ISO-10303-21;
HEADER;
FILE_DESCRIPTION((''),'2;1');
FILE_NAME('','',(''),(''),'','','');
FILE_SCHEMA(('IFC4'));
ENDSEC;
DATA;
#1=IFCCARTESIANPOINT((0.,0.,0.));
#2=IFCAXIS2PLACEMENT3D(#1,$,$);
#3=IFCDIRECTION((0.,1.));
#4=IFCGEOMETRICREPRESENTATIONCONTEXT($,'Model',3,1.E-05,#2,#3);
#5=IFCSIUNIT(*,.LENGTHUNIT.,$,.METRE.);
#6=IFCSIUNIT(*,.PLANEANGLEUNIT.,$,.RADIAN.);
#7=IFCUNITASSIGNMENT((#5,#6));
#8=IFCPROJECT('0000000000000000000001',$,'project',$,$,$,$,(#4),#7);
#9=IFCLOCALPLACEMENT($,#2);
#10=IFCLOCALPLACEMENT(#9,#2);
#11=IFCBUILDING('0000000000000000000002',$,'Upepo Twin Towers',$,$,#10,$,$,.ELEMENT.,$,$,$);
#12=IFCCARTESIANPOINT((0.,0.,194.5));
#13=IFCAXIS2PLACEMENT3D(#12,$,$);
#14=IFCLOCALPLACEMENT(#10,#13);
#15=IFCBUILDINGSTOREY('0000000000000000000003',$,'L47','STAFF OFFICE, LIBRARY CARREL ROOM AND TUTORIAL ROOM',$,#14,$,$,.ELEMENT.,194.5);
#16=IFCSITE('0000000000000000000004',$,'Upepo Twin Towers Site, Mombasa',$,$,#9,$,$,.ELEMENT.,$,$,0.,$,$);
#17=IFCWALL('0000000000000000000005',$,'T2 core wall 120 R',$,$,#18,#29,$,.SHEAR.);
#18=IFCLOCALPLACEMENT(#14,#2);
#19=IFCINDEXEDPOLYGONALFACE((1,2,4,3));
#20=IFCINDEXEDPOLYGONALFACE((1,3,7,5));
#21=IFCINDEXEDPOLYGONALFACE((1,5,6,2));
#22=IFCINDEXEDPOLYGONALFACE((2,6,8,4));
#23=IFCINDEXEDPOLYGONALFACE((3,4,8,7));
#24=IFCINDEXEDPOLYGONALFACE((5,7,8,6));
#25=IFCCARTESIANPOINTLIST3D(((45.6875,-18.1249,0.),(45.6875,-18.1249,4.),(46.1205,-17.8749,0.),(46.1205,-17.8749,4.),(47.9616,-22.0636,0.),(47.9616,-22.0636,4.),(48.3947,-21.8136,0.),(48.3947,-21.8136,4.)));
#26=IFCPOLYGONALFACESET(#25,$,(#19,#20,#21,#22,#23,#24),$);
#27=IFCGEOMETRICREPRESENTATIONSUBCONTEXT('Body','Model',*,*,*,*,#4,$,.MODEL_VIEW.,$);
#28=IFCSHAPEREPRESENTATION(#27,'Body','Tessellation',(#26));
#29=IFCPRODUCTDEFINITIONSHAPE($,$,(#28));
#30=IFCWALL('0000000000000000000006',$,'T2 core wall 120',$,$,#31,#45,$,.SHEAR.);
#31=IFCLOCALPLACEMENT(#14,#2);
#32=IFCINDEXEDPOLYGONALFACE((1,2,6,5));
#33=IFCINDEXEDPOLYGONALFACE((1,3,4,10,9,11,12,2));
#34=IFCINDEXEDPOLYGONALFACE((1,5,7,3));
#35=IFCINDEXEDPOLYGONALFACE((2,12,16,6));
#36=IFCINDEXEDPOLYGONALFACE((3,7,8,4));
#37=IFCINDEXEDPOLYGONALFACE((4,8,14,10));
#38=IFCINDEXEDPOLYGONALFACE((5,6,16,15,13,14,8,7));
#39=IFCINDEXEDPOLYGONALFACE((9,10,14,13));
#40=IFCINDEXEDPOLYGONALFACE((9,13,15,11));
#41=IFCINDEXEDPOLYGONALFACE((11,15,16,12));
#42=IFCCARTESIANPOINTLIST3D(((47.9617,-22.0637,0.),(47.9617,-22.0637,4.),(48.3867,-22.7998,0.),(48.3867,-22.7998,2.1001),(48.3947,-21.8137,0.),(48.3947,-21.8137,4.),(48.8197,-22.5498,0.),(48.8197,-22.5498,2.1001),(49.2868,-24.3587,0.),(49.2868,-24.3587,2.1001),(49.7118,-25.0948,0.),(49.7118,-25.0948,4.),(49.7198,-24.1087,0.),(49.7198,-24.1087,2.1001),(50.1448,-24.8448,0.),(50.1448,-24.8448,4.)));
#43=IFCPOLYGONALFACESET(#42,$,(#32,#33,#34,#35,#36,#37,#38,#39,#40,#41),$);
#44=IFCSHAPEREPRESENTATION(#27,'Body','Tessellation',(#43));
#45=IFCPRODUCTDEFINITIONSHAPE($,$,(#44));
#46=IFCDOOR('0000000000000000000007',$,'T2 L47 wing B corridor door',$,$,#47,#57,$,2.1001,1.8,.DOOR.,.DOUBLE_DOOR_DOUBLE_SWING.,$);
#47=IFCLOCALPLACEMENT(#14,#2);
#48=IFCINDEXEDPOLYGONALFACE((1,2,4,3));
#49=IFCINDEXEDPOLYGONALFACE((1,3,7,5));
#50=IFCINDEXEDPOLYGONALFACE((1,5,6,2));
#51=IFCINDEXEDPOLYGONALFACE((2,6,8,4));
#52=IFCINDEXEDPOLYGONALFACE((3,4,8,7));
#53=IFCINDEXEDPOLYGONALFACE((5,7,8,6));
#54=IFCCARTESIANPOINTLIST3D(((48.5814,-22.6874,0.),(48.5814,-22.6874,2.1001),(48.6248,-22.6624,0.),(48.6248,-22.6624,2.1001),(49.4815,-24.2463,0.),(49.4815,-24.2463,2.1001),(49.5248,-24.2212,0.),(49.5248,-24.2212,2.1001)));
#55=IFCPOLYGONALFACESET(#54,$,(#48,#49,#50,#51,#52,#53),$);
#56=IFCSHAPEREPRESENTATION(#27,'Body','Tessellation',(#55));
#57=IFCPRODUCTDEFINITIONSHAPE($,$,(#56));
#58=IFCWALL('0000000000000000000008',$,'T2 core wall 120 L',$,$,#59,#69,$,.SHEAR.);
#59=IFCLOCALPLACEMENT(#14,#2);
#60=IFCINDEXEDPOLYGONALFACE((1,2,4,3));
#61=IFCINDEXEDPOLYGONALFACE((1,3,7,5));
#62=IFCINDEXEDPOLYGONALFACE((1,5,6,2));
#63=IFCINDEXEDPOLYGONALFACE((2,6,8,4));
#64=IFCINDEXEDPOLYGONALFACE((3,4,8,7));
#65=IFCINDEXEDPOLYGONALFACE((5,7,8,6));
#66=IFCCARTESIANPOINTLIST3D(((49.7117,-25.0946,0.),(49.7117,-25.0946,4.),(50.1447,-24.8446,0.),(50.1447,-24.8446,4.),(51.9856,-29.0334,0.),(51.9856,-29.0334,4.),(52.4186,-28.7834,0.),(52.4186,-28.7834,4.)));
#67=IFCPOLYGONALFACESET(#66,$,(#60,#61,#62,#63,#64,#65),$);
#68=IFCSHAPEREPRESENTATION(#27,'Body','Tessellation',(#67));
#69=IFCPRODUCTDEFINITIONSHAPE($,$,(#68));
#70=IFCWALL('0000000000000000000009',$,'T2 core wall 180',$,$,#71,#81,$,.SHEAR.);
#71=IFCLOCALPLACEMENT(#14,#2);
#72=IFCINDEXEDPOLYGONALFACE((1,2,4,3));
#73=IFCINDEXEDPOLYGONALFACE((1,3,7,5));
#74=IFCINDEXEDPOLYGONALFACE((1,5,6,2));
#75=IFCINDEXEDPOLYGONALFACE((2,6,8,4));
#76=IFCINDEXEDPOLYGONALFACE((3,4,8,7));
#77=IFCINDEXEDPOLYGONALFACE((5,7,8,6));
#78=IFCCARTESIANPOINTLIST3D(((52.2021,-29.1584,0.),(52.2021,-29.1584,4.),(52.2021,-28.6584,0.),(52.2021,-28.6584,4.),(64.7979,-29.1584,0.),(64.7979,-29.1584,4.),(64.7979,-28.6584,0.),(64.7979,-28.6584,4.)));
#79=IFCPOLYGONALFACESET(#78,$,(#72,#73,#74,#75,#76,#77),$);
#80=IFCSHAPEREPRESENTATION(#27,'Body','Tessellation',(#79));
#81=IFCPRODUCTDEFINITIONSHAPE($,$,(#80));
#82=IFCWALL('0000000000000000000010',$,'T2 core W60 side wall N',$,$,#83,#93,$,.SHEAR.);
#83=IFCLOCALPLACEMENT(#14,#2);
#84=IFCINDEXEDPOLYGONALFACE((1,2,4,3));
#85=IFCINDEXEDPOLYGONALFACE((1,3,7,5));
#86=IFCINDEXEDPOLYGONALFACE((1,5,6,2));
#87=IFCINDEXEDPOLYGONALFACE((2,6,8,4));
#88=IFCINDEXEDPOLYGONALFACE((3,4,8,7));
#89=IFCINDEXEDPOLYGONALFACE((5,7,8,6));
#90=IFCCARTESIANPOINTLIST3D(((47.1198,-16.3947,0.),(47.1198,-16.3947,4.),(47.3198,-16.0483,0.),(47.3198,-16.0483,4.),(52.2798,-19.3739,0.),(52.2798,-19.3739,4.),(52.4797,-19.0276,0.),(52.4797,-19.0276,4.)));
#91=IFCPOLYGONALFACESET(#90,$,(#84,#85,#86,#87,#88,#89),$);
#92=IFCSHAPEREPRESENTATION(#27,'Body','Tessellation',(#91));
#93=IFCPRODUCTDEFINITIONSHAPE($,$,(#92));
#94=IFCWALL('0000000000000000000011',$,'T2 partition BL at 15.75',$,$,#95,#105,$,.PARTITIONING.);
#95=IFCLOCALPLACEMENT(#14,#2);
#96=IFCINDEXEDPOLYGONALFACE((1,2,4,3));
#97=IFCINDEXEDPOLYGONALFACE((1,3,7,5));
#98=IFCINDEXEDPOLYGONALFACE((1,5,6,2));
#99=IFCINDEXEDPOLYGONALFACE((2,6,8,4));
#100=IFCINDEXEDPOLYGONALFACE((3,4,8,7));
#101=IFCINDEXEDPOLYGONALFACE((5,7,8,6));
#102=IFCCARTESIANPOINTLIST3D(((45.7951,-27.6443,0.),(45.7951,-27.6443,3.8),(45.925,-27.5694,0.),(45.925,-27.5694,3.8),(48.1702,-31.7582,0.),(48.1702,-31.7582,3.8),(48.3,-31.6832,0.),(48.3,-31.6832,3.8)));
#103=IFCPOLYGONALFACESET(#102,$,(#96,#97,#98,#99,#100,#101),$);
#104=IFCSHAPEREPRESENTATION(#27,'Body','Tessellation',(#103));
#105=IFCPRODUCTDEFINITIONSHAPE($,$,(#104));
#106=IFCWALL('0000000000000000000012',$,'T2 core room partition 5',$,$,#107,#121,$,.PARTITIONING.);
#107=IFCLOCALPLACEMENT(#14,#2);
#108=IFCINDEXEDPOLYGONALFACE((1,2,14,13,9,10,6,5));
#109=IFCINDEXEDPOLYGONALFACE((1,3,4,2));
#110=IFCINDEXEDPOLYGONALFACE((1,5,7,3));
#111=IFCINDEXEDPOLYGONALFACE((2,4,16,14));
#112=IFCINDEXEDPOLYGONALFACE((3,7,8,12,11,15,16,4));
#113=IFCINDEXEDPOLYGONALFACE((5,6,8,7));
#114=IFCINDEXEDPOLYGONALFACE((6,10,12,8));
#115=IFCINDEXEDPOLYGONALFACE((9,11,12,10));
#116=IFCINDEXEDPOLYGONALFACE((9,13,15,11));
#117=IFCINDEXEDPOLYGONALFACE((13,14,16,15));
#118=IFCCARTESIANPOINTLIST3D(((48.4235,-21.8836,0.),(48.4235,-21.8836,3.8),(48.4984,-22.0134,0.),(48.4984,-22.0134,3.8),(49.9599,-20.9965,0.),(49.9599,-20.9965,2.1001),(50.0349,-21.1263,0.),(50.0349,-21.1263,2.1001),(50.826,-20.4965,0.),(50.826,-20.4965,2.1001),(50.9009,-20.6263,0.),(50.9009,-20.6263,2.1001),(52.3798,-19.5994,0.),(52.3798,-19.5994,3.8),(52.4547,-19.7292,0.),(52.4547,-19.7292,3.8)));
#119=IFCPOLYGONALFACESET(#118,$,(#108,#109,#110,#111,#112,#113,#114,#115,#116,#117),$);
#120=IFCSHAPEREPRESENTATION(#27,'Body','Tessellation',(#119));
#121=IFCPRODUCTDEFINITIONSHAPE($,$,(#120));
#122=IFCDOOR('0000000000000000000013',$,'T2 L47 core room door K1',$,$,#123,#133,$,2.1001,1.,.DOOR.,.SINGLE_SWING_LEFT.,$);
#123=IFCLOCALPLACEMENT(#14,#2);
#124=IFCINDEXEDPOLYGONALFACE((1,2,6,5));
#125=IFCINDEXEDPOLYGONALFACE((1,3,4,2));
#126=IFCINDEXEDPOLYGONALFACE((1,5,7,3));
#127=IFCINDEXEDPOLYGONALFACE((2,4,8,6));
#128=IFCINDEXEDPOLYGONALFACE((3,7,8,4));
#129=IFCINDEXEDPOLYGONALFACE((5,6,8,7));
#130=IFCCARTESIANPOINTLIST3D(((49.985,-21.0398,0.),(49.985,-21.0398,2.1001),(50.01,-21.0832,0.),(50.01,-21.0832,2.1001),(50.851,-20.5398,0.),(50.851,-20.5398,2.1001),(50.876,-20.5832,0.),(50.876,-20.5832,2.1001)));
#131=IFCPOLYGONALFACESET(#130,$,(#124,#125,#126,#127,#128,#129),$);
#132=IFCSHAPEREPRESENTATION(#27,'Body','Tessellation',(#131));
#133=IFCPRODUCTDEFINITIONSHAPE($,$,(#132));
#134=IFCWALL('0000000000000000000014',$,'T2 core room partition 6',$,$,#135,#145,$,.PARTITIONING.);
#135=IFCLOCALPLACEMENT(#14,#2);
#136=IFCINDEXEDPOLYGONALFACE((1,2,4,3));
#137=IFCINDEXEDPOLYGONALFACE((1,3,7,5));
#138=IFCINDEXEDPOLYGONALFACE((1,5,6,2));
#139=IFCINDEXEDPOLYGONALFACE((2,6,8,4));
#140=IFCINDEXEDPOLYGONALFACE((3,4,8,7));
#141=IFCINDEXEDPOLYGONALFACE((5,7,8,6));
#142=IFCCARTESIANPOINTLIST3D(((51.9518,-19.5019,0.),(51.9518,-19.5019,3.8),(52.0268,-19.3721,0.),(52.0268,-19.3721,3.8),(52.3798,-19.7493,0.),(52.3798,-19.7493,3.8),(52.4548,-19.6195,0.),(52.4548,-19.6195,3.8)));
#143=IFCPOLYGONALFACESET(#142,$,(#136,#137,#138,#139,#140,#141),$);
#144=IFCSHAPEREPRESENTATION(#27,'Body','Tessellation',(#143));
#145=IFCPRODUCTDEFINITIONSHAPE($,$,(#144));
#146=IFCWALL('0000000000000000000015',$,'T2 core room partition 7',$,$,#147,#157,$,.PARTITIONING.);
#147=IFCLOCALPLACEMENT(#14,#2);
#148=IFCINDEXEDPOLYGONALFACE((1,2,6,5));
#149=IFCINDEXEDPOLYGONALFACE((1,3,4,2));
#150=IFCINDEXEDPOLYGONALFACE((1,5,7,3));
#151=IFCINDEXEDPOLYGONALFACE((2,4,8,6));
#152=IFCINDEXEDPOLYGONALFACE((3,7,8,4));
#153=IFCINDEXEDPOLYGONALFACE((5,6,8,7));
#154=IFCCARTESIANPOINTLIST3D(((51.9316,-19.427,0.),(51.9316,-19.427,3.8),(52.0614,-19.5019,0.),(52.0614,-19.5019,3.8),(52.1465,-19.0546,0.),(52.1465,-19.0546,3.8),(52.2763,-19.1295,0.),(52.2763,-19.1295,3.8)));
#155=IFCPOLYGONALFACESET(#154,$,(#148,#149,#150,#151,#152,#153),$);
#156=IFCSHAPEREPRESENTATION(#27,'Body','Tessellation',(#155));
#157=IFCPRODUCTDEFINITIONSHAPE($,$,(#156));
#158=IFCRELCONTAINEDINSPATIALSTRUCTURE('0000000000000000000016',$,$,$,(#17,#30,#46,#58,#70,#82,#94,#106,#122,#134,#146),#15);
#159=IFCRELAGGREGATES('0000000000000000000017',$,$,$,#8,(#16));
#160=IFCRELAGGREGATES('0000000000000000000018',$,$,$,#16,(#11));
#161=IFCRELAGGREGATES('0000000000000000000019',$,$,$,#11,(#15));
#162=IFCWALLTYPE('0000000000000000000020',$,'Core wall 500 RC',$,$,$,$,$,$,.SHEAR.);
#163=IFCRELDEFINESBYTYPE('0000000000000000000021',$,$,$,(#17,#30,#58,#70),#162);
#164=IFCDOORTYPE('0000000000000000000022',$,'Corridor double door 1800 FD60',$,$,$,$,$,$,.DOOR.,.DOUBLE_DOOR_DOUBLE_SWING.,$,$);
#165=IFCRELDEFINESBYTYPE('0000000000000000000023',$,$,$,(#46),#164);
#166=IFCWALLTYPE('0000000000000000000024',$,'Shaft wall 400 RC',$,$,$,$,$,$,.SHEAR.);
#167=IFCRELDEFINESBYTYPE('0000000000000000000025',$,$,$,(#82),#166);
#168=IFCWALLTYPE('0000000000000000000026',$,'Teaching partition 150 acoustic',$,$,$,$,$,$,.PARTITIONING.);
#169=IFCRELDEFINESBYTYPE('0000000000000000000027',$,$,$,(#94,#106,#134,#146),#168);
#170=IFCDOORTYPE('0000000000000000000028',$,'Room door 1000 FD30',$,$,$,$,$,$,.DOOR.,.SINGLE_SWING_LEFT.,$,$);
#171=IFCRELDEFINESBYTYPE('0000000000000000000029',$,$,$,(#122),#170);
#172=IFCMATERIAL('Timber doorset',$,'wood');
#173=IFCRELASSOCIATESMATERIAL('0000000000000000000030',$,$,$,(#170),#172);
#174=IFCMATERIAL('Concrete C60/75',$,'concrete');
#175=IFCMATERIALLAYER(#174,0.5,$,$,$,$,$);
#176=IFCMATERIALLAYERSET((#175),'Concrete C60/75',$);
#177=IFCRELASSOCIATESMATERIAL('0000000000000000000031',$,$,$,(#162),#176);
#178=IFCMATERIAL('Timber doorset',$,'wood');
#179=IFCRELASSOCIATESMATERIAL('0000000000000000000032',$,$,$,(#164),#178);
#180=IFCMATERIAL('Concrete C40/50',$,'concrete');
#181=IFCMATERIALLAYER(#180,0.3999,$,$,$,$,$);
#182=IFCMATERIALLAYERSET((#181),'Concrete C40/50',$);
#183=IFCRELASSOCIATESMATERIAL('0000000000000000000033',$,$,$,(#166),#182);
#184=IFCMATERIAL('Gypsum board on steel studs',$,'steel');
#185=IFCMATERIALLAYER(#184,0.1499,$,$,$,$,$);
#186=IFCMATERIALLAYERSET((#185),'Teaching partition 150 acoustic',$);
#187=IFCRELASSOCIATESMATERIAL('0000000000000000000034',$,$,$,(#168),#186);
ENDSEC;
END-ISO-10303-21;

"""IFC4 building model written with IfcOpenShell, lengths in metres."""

from ifc_helpers import new_model, si_unit, direction, frame, frame_2d, origin, place, context, subcontext, project, spatial, rectangle, extrude, material, layer, layer_set, type_object, element, fill, save


model = new_model("IFC4")

# Units and contexts
model_context = context("Model", 3, precision=1e-05, world=origin(), true_north=direction((0.0, 1.0)))
body_context = subcontext(model_context, "Body", "Model", "MODEL_VIEW")
ifc_project = project(units=[si_unit("LENGTHUNIT", "METRE"), si_unit("PLANEANGLEUNIT", "RADIAN")], contexts=[model_context])

# Site, building, storey
site_placement = place(None, origin())
site = spatial("IfcSite", under=ifc_project, at=site_placement, Name="Upepo Twin Towers Site, Mombasa", CompositionType="ELEMENT", RefElevation=0.0)
building_placement = place(site_placement, origin())
building = spatial("IfcBuilding", under=site, at=building_placement, Name="Upepo Twin Towers", CompositionType="ELEMENT")
storey_placement = place(building_placement, frame((0.0, 0.0, 194.5)))
storey = spatial("IfcBuildingStorey", under=building, at=storey_placement, Name="L47", Description="STAFF OFFICE, LIBRARY CARREL ROOM AND TUTORIAL ROOM", CompositionType="ELEMENT", Elevation=194.5)

# Shared definitions
ifc_material_1 = material(Name="Timber doorset", Category="wood")
door_type_1 = type_object("IfcDoorType", Name="Room door 1000 FD30", OperationType="SINGLE_SWING_LEFT", PredefinedType="DOOR", material=ifc_material_1)

# Wall
ifc_material_2 = material(Name="Concrete C60/75", Category="concrete")
ifc_layer_1 = layer(ifc_material_2, 0.5)
ifc_layer_set_1 = layer_set([ifc_layer_1], Name="Concrete C60/75")
wall_type_1 = type_object("IfcWallType", Name="Core wall 500 RC", PredefinedType="SHEAR", material=ifc_layer_set_1)
wall_1_placement = place(storey_placement, frame((45.9041, -18.0, 0.0), z_axis=(0.0, 0.0, 1.0), x_axis=(0.500024, -0.866011, 0.0)))
element("IfcWall", 1, at=wall_1_placement, inside=storey, type_object=wall_type_1, Name="T2 core wall 120 R", PredefinedType="SHEAR", context=body_context, shape_type="SweptSolid", body=[
    extrude(rectangle(XDim=4.5481, YDim=0.5, at=frame_2d((2.2739, 0.0))), origin(), (0.0, 0.0, 1.0), 4.0),
])

# Wall, opening, door
wall_2_placement = place(storey_placement, frame((48.1782, -21.9387, 0.0), z_axis=(0.0, 0.0, 1.0), x_axis=(0.50001, -0.866019, 0.0)))
wall_2 = element("IfcWall", 2, at=wall_2_placement, inside=storey, type_object=wall_type_1, Name="T2 core wall 120", PredefinedType="SHEAR", context=body_context, shape_type="SweptSolid", body=[
    extrude(rectangle(XDim=3.5, YDim=0.5, at=frame_2d((1.75, 0.0))), origin(), (0.0, 0.0, 1.0), 4.0),
])
opening_1_placement = place(wall_2_placement, frame((0.8501, 0.0, 0.0)))
opening_1 = element("IfcOpeningElement", 3, at=opening_1_placement, cuts=wall_2, PredefinedType="OPENING", context=body_context, shape_type="SweptSolid", body=[
    extrude(rectangle(XDim=1.8, YDim=2.1001, at=frame_2d((0.8999, 1.05))), frame((0.0, 0.26, 0.0), z_axis=(0.0, -1.0, 0.0), x_axis=(1.0, 0.0, 0.0)), (0.0, 0.0, 1.0), 0.52),
])
ifc_material_3 = material(Name="Timber doorset", Category="wood")
door_type_2 = type_object("IfcDoorType", Name="Corridor double door 1800 FD60", OperationType="DOUBLE_DOOR_DOUBLE_SWING", PredefinedType="DOOR", material=ifc_material_3)
door_1_placement = place(opening_1_placement, origin())
door_1 = element("IfcDoor", 4, at=door_1_placement, inside=storey, type_object=door_type_2, Name="T2 L47 wing B corridor door", OperationType="DOUBLE_DOOR_DOUBLE_SWING", OverallHeight=2.1001, OverallWidth=1.8, PredefinedType="DOOR", context=body_context, shape_type="SweptSolid", body=[
    extrude(rectangle(XDim=1.8, YDim=2.1001, at=frame_2d((0.8999, 1.05))), frame((0.0, 0.0249, 0.0), z_axis=(0.0, -1.0, 0.0), x_axis=(1.0, 0.0, 0.0)), (0.0, 0.0, 1.0), 0.05),
])
fill(opening_1, door_1)

# Walls
wall_3_placement = place(storey_placement, frame((49.9282, -24.9697, 0.0), z_axis=(0.0, 0.0, 1.0), x_axis=(0.499984, -0.866035, 0.0)))
element("IfcWall", 5, at=wall_3_placement, inside=storey, type_object=wall_type_1, Name="T2 core wall 120 L", PredefinedType="SHEAR", context=body_context, shape_type="SweptSolid", body=[
    extrude(rectangle(XDim=4.5481, YDim=0.5, at=frame_2d((2.2739, 0.0))), origin(), (0.0, 0.0, 1.0), 4.0),
])
wall_4_placement = place(storey_placement, frame((52.2021, -28.9084, 0.0), z_axis=(0.0, 0.0, 1.0), x_axis=(1.0, 0.0, 0.0)))
element("IfcWall", 6, at=wall_4_placement, inside=storey, type_object=wall_type_1, Name="T2 core wall 180", PredefinedType="SHEAR", context=body_context, shape_type="SweptSolid", body=[
    extrude(rectangle(XDim=12.5957, YDim=0.5, at=frame_2d((6.2979, 0.0))), origin(), (0.0, 0.0, 1.0), 4.0),
])
ifc_material_4 = material(Name="Concrete C40/50", Category="concrete")
ifc_layer_2 = layer(ifc_material_4, 0.3999)
ifc_layer_set_2 = layer_set([ifc_layer_2], Name="Concrete C40/50")
wall_type_2 = type_object("IfcWallType", Name="Shaft wall 400 RC", PredefinedType="SHEAR", material=ifc_layer_set_2)
wall_5_placement = place(storey_placement, frame((52.3796, -19.2007, 0.0), z_axis=(0.0, 0.0, 1.0), x_axis=(-0.866013, 0.500022, 0.0)))
element("IfcWall", 7, at=wall_5_placement, inside=storey, type_object=wall_type_2, Name="T2 core W60 side wall N", PredefinedType="SHEAR", context=body_context, shape_type="SweptSolid", body=[
    extrude(rectangle(XDim=5.9583, YDim=0.3999, at=frame_2d((2.979, 0.0))), origin(), (0.0, 0.0, 1.0), 4.0),
])
ifc_material_5 = material(Name="Gypsum board on steel studs", Category="steel")
ifc_layer_3 = layer(ifc_material_5, 0.1499)
ifc_layer_set_3 = layer_set([ifc_layer_3], Name="Teaching partition 150 acoustic")
wall_type_3 = type_object("IfcWallType", Name="Teaching partition 150 acoustic", PredefinedType="PARTITIONING", material=ifc_layer_set_3)
wall_6_placement = place(storey_placement, frame((45.8601, -27.6069, 0.0), z_axis=(0.0, 0.0, 1.0), x_axis=(0.499986, -0.866033, 0.0)))
element("IfcWall", 8, at=wall_6_placement, inside=storey, type_object=wall_type_3, Name="T2 partition BL at 15.75", PredefinedType="PARTITIONING", context=body_context, shape_type="SweptSolid", body=[
    extrude(rectangle(XDim=4.7502, YDim=0.1499, at=frame_2d((2.375, 0.0))), origin(), (0.0, 0.0, 1.0), 3.8),
])

# Wall, opening, door
wall_7_placement = place(storey_placement, frame((48.4609, -21.9485, 0.0), z_axis=(0.0, 0.0, 1.0), x_axis=(0.866025, 0.500002, 0.0)))
wall_7 = element("IfcWall", 9, at=wall_7_placement, inside=storey, type_object=wall_type_3, Name="T2 core room partition 5", PredefinedType="PARTITIONING", context=body_context, shape_type="SweptSolid", body=[
    extrude(rectangle(XDim=4.5684, YDim=0.1499, at=frame_2d((2.2842, 0.0))), origin(), (0.0, 0.0, 1.0), 3.8),
])
opening_2_placement = place(wall_7_placement, frame((1.7742, 0.0, 0.0)))
opening_2 = element("IfcOpeningElement", 10, at=opening_2_placement, cuts=wall_7, PredefinedType="OPENING", context=body_context, shape_type="SweptSolid", body=[
    extrude(rectangle(XDim=1.0, YDim=2.1001, at=frame_2d((0.5, 1.05))), frame((0.0, 0.085, 0.0), z_axis=(0.0, -1.0, 0.0), x_axis=(1.0, 0.0, 0.0)), (0.0, 0.0, 1.0), 0.1699),
])
door_2_placement = place(opening_2_placement, origin())
door_2 = element("IfcDoor", 11, at=door_2_placement, inside=storey, type_object=door_type_1, Name="T2 L47 core room door K1", OperationType="SINGLE_SWING_LEFT", OverallHeight=2.1001, OverallWidth=1.0, PredefinedType="DOOR", context=body_context, shape_type="SweptSolid", body=[
    extrude(rectangle(XDim=1.0, YDim=2.1001, at=frame_2d((0.5, 1.05))), frame((0.0, 0.0249, 0.0), z_axis=(0.0, -1.0, 0.0), x_axis=(1.0, 0.0, 0.0)), (0.0, 0.0, 1.0), 0.05),
])
fill(opening_2, door_2)

# Walls
wall_8_placement = place(storey_placement, frame((52.4172, -19.6843, 0.0), z_axis=(0.0, 0.0, 1.0), x_axis=(-0.865832, 0.500335, 0.0)))
element("IfcWall", 12, at=wall_8_placement, inside=storey, type_object=wall_type_3, Name="T2 core room partition 6", PredefinedType="PARTITIONING", context=body_context, shape_type="SweptSolid", body=[
    extrude(rectangle(XDim=0.4944, YDim=0.1499, at=frame_2d((0.2471, 0.0))), origin(), (0.0, 0.0, 1.0), 3.8),
])
wall_9_placement = place(storey_placement, frame((51.9966, -19.4644, 0.0), z_axis=(0.0, 0.0, 1.0), x_axis=(0.499804, 0.866138, 0.0)))
element("IfcWall", 13, at=wall_9_placement, inside=storey, type_object=wall_type_3, Name="T2 core room partition 7", PredefinedType="PARTITIONING", context=body_context, shape_type="SweptSolid", body=[
    extrude(rectangle(XDim=0.4299, YDim=0.1499, at=frame_2d((0.2148, 0.0))), origin(), (0.0, 0.0, 1.0), 3.8),
])

save(model, "model.ifc")
